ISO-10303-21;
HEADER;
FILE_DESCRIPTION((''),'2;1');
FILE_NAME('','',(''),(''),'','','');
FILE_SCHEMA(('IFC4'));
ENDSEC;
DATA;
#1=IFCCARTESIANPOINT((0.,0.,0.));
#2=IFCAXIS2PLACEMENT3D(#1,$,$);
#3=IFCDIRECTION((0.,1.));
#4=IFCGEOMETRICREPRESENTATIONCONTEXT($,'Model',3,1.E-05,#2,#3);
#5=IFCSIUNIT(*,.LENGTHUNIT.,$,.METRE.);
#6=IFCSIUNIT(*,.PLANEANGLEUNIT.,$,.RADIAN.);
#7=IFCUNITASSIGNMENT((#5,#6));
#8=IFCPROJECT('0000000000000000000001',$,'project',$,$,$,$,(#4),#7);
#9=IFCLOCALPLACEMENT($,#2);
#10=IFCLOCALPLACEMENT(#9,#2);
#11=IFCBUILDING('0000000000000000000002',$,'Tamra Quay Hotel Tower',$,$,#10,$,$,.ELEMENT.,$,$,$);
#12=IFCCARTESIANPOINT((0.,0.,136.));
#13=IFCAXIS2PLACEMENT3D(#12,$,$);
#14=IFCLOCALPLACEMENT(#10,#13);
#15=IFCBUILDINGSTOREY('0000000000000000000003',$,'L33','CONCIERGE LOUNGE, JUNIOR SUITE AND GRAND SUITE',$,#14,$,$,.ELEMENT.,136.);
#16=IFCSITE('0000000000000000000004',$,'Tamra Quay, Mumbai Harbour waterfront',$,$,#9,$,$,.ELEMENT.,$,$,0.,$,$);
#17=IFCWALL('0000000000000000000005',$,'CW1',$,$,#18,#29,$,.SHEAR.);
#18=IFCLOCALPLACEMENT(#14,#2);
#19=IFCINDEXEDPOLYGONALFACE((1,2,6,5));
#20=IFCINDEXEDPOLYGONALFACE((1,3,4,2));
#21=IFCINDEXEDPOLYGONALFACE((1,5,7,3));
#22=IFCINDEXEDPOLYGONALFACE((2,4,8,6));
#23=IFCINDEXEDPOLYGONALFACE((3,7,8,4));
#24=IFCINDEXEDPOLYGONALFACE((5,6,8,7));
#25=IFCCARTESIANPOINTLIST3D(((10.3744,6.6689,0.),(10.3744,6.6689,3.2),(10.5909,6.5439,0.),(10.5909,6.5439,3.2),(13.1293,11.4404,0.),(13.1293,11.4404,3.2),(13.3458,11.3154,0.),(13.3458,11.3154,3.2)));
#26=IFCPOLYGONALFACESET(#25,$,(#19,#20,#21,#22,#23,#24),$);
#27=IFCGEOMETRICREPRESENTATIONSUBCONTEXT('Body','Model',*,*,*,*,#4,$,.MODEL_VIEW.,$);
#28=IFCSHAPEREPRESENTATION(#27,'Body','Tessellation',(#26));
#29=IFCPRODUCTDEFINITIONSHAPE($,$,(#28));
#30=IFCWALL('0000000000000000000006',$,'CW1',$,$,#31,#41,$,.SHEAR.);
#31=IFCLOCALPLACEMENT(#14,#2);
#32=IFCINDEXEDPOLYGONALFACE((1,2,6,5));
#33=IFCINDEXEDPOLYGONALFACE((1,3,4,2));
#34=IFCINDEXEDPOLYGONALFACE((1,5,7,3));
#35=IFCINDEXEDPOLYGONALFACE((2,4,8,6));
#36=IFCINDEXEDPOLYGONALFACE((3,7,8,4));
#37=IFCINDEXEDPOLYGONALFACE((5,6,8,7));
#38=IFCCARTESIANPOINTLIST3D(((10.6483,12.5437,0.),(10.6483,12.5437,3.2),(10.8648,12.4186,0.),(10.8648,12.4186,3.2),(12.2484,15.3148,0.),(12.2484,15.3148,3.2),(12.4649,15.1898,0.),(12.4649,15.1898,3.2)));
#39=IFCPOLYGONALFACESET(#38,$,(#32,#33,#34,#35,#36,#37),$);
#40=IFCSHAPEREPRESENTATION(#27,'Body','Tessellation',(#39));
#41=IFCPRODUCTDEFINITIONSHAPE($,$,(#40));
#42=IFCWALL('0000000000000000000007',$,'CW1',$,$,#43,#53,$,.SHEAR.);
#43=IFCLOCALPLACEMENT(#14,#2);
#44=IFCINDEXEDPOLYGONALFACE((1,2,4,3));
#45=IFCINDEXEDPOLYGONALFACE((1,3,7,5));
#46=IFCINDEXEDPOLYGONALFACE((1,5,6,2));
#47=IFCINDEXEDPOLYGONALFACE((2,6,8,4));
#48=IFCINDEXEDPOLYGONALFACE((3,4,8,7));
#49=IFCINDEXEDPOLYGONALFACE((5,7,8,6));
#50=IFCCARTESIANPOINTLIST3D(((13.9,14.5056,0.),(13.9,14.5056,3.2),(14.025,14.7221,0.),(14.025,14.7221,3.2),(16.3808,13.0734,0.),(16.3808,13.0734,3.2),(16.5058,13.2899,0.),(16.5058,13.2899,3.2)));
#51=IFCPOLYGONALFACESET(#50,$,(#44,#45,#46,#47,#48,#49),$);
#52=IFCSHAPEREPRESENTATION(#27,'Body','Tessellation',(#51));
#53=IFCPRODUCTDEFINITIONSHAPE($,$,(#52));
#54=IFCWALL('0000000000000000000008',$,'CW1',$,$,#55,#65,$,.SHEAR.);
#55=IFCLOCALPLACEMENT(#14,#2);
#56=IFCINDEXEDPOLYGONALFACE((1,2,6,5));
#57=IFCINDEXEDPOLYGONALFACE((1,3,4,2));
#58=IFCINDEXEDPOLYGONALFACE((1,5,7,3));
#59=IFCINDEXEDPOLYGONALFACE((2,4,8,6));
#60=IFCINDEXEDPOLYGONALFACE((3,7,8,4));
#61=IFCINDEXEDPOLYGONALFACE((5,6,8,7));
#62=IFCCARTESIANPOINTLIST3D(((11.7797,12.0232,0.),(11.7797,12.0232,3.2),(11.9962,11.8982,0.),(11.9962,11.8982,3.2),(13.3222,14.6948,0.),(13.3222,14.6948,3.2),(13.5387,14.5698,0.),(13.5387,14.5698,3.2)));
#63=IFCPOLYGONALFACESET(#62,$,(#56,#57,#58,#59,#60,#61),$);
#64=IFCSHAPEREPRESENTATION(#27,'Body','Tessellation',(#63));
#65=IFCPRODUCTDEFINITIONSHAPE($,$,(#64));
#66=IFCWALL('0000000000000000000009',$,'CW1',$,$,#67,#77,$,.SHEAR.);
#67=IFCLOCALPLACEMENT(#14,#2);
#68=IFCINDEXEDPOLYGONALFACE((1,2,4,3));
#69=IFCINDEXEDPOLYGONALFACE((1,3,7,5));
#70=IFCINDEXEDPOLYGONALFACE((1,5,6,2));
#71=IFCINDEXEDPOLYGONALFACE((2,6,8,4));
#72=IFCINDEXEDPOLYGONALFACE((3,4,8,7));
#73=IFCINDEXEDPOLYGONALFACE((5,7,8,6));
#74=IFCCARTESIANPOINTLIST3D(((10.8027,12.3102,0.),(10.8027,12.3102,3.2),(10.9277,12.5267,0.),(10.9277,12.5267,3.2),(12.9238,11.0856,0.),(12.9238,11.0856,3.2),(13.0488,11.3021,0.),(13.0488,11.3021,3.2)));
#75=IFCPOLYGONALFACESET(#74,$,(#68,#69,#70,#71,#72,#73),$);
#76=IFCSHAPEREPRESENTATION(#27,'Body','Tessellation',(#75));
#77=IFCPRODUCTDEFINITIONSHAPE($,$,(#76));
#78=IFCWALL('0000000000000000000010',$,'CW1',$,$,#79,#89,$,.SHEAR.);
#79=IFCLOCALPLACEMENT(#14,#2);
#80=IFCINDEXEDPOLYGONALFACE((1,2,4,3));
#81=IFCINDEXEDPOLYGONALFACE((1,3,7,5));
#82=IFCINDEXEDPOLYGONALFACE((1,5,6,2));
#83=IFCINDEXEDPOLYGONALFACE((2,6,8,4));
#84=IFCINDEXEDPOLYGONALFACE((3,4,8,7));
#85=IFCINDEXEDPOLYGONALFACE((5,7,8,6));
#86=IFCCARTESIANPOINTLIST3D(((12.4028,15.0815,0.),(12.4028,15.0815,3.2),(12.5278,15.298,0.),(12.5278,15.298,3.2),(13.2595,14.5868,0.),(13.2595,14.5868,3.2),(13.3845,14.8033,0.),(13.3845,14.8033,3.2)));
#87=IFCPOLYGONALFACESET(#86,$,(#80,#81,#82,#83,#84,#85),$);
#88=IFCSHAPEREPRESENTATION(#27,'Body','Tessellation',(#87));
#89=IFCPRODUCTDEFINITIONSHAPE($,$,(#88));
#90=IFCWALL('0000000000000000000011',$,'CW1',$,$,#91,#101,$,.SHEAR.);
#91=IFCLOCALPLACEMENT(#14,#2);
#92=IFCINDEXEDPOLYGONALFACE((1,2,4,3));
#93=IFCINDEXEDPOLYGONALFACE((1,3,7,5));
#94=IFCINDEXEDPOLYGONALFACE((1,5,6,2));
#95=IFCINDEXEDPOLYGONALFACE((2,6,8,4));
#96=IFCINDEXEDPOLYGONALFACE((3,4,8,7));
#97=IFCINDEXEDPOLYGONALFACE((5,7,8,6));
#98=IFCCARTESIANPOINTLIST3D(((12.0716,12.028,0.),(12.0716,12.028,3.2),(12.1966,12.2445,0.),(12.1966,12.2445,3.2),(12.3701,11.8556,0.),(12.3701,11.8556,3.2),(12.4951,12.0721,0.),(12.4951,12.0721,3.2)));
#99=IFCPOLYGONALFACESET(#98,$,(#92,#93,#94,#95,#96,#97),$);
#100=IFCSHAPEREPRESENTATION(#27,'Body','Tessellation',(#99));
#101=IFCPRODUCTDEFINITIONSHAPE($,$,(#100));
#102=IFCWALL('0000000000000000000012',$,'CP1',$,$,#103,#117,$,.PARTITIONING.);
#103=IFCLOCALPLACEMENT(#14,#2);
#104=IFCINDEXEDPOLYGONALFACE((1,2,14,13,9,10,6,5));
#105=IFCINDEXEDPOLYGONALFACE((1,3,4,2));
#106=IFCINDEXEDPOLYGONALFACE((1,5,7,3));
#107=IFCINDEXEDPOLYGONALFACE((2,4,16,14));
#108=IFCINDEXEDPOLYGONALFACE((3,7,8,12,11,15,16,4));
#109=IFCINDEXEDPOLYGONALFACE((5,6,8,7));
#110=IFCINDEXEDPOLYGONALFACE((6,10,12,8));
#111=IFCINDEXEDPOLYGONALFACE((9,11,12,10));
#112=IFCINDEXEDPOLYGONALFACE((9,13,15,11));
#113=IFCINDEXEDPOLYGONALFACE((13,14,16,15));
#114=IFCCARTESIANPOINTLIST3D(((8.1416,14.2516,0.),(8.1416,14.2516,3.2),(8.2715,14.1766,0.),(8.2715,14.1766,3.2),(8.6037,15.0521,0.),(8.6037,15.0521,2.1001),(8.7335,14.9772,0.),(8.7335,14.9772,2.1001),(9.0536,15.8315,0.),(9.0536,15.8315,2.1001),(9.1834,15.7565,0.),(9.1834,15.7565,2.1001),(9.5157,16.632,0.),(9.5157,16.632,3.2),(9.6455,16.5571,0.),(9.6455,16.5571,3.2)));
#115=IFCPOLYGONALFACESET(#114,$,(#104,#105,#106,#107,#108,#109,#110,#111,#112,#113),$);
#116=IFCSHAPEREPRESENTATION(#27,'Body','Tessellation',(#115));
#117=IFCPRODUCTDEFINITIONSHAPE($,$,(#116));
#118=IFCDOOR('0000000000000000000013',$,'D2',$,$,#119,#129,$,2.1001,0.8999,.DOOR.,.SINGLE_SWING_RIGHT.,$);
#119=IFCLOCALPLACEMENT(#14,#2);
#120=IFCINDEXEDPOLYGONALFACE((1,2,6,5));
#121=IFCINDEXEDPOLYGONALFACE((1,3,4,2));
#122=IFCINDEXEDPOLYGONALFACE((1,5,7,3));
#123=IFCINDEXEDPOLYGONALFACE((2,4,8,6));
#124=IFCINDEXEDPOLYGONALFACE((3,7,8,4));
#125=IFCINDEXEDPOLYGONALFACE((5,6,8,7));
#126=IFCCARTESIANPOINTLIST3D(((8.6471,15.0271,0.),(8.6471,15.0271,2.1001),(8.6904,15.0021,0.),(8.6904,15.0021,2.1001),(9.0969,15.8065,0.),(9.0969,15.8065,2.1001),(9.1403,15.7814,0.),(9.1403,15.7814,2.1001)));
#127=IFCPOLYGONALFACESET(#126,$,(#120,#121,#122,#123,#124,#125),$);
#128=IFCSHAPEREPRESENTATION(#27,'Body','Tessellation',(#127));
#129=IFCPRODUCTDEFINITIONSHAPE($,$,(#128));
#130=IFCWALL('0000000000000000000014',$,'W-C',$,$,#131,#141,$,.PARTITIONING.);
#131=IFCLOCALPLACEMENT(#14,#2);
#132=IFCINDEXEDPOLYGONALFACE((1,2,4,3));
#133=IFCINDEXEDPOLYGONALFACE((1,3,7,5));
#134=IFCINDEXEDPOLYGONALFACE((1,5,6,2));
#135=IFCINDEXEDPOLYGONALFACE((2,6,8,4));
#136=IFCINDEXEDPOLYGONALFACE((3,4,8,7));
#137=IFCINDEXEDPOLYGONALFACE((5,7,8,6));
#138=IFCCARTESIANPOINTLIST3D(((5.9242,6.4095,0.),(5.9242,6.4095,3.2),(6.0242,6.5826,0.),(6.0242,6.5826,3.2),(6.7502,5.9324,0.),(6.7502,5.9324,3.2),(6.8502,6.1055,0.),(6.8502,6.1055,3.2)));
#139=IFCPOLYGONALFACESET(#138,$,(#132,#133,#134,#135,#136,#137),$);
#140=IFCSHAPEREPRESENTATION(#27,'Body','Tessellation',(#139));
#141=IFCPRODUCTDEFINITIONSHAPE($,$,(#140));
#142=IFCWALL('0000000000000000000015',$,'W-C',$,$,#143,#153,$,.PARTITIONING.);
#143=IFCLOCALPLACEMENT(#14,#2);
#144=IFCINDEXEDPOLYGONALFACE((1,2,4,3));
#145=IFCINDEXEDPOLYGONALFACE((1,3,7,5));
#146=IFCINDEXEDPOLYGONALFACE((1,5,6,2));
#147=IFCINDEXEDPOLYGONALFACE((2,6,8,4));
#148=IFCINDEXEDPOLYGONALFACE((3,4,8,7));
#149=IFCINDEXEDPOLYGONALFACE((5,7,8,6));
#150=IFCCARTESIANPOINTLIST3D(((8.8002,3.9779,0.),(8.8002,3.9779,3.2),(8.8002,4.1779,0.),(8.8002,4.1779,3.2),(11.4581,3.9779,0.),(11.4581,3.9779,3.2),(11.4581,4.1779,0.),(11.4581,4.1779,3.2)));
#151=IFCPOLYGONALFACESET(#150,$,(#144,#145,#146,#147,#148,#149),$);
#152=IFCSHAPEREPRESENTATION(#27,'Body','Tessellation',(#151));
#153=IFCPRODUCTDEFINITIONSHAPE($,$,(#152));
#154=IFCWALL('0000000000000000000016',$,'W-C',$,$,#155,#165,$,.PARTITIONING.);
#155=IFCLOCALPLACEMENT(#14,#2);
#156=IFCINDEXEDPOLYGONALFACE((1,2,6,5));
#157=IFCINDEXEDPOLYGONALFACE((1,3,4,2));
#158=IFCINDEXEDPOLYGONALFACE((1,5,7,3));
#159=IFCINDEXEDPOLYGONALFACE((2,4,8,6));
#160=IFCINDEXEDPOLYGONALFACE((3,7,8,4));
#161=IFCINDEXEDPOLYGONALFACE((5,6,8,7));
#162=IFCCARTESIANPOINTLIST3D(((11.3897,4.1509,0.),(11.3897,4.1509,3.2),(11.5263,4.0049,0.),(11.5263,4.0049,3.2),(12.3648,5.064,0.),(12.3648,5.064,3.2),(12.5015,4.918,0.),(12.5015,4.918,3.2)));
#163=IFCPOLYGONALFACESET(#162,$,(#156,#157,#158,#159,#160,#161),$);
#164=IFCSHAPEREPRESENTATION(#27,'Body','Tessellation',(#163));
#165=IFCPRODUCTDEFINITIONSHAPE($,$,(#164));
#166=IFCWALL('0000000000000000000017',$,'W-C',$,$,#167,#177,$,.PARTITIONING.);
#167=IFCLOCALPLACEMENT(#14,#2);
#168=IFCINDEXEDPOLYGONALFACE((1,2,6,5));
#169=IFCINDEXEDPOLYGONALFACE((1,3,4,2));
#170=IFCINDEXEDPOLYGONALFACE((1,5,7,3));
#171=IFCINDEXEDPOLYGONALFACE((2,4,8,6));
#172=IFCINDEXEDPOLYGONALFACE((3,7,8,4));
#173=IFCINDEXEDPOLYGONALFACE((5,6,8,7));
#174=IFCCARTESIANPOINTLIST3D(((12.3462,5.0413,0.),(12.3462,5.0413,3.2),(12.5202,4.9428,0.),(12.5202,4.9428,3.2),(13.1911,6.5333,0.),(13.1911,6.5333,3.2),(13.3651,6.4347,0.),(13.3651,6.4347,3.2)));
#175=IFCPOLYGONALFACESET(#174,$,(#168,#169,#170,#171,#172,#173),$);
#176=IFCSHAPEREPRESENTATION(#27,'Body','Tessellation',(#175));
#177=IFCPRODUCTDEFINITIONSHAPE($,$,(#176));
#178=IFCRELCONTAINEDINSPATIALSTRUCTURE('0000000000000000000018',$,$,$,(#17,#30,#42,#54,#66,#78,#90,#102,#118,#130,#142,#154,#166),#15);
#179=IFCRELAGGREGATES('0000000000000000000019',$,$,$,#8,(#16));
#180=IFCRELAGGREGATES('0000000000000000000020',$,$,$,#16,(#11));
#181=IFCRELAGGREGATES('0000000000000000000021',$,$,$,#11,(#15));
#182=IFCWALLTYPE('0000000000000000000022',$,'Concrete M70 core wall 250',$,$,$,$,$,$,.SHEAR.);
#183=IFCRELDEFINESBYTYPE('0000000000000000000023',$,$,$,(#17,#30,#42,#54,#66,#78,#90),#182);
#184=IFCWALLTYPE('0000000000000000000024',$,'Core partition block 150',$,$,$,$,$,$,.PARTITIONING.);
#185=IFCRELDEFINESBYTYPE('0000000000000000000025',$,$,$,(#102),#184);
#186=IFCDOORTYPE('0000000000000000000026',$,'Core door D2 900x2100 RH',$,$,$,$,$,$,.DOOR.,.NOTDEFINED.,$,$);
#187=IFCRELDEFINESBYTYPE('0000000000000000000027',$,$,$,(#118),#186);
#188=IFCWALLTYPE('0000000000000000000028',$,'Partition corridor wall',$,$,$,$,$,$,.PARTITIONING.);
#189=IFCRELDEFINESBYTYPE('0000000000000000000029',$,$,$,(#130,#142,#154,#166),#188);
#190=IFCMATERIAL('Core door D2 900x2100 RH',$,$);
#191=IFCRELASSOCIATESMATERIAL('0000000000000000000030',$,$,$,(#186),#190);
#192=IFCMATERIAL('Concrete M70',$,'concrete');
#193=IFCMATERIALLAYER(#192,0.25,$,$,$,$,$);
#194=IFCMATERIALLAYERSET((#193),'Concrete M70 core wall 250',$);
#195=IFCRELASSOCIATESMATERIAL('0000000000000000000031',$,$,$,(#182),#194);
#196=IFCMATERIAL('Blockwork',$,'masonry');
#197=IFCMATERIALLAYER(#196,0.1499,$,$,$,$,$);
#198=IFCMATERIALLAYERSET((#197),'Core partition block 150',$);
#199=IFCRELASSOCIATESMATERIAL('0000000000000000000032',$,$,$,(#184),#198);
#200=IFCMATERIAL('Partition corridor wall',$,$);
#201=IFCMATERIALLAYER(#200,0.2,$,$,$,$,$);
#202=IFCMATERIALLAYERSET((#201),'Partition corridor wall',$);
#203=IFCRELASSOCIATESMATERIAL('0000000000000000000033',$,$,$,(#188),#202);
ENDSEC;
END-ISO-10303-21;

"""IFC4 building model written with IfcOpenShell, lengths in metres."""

from ifc_helpers import new_model, si_unit, direction, frame, frame_2d, origin, place, context, subcontext, project, spatial, rectangle, extrude, material, layer, layer_set, type_object, element, fill, save


model = new_model("IFC4")

# Units and contexts
model_context = context("Model", 3, precision=1e-05, world=origin(), true_north=direction((0.0, 1.0)))
body_context = subcontext(model_context, "Body", "Model", "MODEL_VIEW")
ifc_project = project(units=[si_unit("LENGTHUNIT", "METRE"), si_unit("PLANEANGLEUNIT", "RADIAN")], contexts=[model_context])

# Site, building, storey
site_placement = place(None, origin())
site = spatial("IfcSite", under=ifc_project, at=site_placement, Name="Tamra Quay, Mumbai Harbour waterfront", CompositionType="ELEMENT", RefElevation=0.0)
building_placement = place(site_placement, origin())
building = spatial("IfcBuilding", under=site, at=building_placement, Name="Tamra Quay Hotel Tower", CompositionType="ELEMENT")
storey_placement = place(building_placement, frame((0.0, 0.0, 136.0)))
storey = spatial("IfcBuildingStorey", under=building, at=storey_placement, Name="L33", Description="CONCIERGE LOUNGE, JUNIOR SUITE AND GRAND SUITE", CompositionType="ELEMENT", Elevation=136.0)

# Shared definitions
ifc_material_1 = material(Name="Concrete M70", Category="concrete")
ifc_material_2 = material(Name="Core door D2 900x2100 RH")
door_type_1 = type_object("IfcDoorType", Name="Core door D2 900x2100 RH", OperationType="NOTDEFINED", PredefinedType="DOOR", material=ifc_material_2)

# Shared definitions
ifc_layer_1 = layer(ifc_material_1, 0.25)
ifc_layer_set_1 = layer_set([ifc_layer_1], Name="Concrete M70 core wall 250")
wall_type_1 = type_object("IfcWallType", Name="Concrete M70 core wall 250", PredefinedType="SHEAR", material=ifc_layer_set_1)

# Walls
wall_1_placement = place(storey_placement, frame((13.2375, 11.3779, 0.0), z_axis=(0.0, 0.0, 1.0), x_axis=(-0.500009, -0.86602, 0.0)))
element("IfcWall", 1, at=wall_1_placement, inside=storey, type_object=wall_type_1, Name="CW1", PredefinedType="SHEAR", context=body_context, shape_type="SweptSolid", body=[
    extrude(rectangle(XDim=5.5098, YDim=0.25, at=frame_2d((2.7549, 0.0))), origin(), (0.0, 0.0, 1.0), 3.2),
])
wall_2_placement = place(storey_placement, frame((12.3567, 15.2524, 0.0), z_axis=(0.0, 0.0, 1.0), x_axis=(-0.500028, -0.866009, 0.0)))
element("IfcWall", 2, at=wall_2_placement, inside=storey, type_object=wall_type_1, Name="CW1", PredefinedType="SHEAR", context=body_context, shape_type="SweptSolid", body=[
    extrude(rectangle(XDim=3.2, YDim=0.25, at=frame_2d((1.6001, 0.0))), origin(), (0.0, 0.0, 1.0), 3.2),
])
wall_3_placement = place(storey_placement, frame((13.9626, 14.6138, 0.0), z_axis=(0.0, 0.0, 1.0), x_axis=(0.866042, -0.499971, 0.0)))
element("IfcWall", 3, at=wall_3_placement, inside=storey, type_object=wall_type_1, Name="CW1", PredefinedType="SHEAR", context=body_context, shape_type="SweptSolid", body=[
    extrude(rectangle(XDim=2.8645, YDim=0.25, at=frame_2d((1.4321, 0.0))), origin(), (0.0, 0.0, 1.0), 3.2),
])
wall_4_placement = place(storey_placement, frame((11.8879, 11.9607, 0.0), z_axis=(0.0, 0.0, 1.0), x_axis=(0.500003, 0.866023, 0.0)))
element("IfcWall", 4, at=wall_4_placement, inside=storey, type_object=wall_type_1, Name="CW1", PredefinedType="SHEAR", context=body_context, shape_type="SweptSolid", body=[
    extrude(rectangle(XDim=3.085, YDim=0.25, at=frame_2d((1.5425, 0.0))), origin(), (0.0, 0.0, 1.0), 3.2),
])
wall_5_placement = place(storey_placement, frame((10.8652, 12.4185, 0.0), z_axis=(0.0, 0.0, 1.0), x_axis=(0.866026, -0.499999, 0.0)))
element("IfcWall", 5, at=wall_5_placement, inside=storey, type_object=wall_type_1, Name="CW1", PredefinedType="SHEAR", context=body_context, shape_type="SweptSolid", body=[
    extrude(rectangle(XDim=2.4492, YDim=0.25, at=frame_2d((1.2246, 0.0))), origin(), (0.0, 0.0, 1.0), 3.2),
])
wall_6_placement = place(storey_placement, frame((13.322, 14.6951, 0.0), z_axis=(0.0, 0.0, 1.0), x_axis=(-0.866017, 0.500014, 0.0)))
element("IfcWall", 6, at=wall_6_placement, inside=storey, type_object=wall_type_1, Name="CW1", PredefinedType="SHEAR", context=body_context, shape_type="SweptSolid", body=[
    extrude(rectangle(XDim=0.9893, YDim=0.25, at=frame_2d((0.4946, 0.0))), origin(), (0.0, 0.0, 1.0), 3.2),
])
wall_7_placement = place(storey_placement, frame((12.4326, 11.9639, 0.0), z_axis=(0.0, 0.0, 1.0), x_axis=(-0.866056, 0.499947, 0.0)))
element("IfcWall", 7, at=wall_7_placement, inside=storey, type_object=wall_type_1, Name="CW1", PredefinedType="SHEAR", context=body_context, shape_type="SweptSolid", body=[
    extrude(rectangle(XDim=0.3447, YDim=0.25, at=frame_2d((0.1724, 0.0))), origin(), (0.0, 0.0, 1.0), 3.2),
])

# Wall, opening, door
ifc_material_3 = material(Name="Blockwork", Category="masonry")
ifc_layer_2 = layer(ifc_material_3, 0.1499)
ifc_layer_set_2 = layer_set([ifc_layer_2], Name="Core partition block 150")
wall_type_2 = type_object("IfcWallType", Name="Core partition block 150", PredefinedType="PARTITIONING", material=ifc_layer_set_2)
wall_8_placement = place(storey_placement, frame((8.2065, 14.2141, 0.0), z_axis=(0.0, 0.0, 1.0), x_axis=(0.499922, 0.86607, 0.0)))
wall_8 = element("IfcWall", 8, at=wall_8_placement, inside=storey, type_object=wall_type_2, Name="CP1", PredefinedType="PARTITIONING", context=body_context, shape_type="SweptSolid", body=[
    extrude(rectangle(XDim=2.7485, YDim=0.1499, at=frame_2d((1.3743, 0.0))), origin(), (0.0, 0.0, 1.0), 3.2),
])
opening_1_placement = place(wall_8_placement, frame((0.9243, 0.0, 0.0)))
opening_1 = element("IfcOpeningElement", 9, at=opening_1_placement, cuts=wall_8, PredefinedType="OPENING", context=body_context, shape_type="SweptSolid", body=[
    extrude(rectangle(XDim=0.8999, YDim=2.1001, at=frame_2d((0.45, 1.05))), frame((0.0, 0.085, 0.0), z_axis=(0.0, -1.0, 0.0), x_axis=(1.0, 0.0, 0.0)), (0.0, 0.0, 1.0), 0.1699),
])
door_1_placement = place(opening_1_placement, origin())
door_1 = element("IfcDoor", 10, at=door_1_placement, inside=storey, type_object=door_type_1, Name="D2", OperationType="SINGLE_SWING_RIGHT", OverallHeight=2.1001, OverallWidth=0.8999, PredefinedType="DOOR", context=body_context, shape_type="SweptSolid", body=[
    extrude(rectangle(XDim=0.8999, YDim=2.1001, at=frame_2d((0.45, 1.05))), frame((0.0, 0.0249, 0.0), z_axis=(0.0, -1.0, 0.0), x_axis=(1.0, 0.0, 0.0)), (0.0, 0.0, 1.0), 0.05),
])
fill(opening_1, door_1)

# Walls
ifc_material_4 = material(Name="Partition corridor wall")
ifc_layer_3 = layer(ifc_material_4, 0.2)
ifc_layer_set_3 = layer_set([ifc_layer_3], Name="Partition corridor wall")
wall_type_3 = type_object("IfcWallType", Name="Partition corridor wall", PredefinedType="PARTITIONING", material=ifc_layer_set_3)
wall_9_placement = place(storey_placement, frame((5.9741, 6.4961, 0.0), z_axis=(0.0, 0.0, 1.0), x_axis=(0.865934, -0.500158, 0.0)))
element("IfcWall", 11, at=wall_9_placement, inside=storey, type_object=wall_type_3, Name="W-C", PredefinedType="PARTITIONING", context=body_context, shape_type="SweptSolid", body=[
    extrude(rectangle(XDim=0.9539, YDim=0.2, at=frame_2d((0.4771, 0.0))), origin(), (0.0, 0.0, 1.0), 3.2),
])
wall_10_placement = place(storey_placement, frame((8.8, 4.0779, 0.0), z_axis=(0.0, 0.0, 1.0), x_axis=(1.0, 0.0, 0.0)))
element("IfcWall", 12, at=wall_10_placement, inside=storey, type_object=wall_type_3, Name="W-C", PredefinedType="PARTITIONING", context=body_context, shape_type="SweptSolid", body=[
    extrude(rectangle(XDim=2.658, YDim=0.2, at=frame_2d((1.3291, 0.0))), origin(), (0.0, 0.0, 1.0), 3.2),
])
wall_11_placement = place(storey_placement, frame((11.458, 4.0779, 0.0), z_axis=(0.0, 0.0, 1.0), x_axis=(0.729936, 0.683515, 0.0)))
element("IfcWall", 13, at=wall_11_placement, inside=storey, type_object=wall_type_3, Name="W-C", PredefinedType="PARTITIONING", context=body_context, shape_type="SweptSolid", body=[
    extrude(rectangle(XDim=1.3359, YDim=0.2, at=frame_2d((0.668, 0.0))), origin(), (0.0, 0.0, 1.0), 3.2),
])
wall_12_placement = place(storey_placement, frame((12.4331, 4.9919, 0.0), z_axis=(0.0, 0.0, 1.0), x_axis=(0.492808, 0.870138, 0.0)))
element("IfcWall", 14, at=wall_12_placement, inside=storey, type_object=wall_type_3, Name="W-C", PredefinedType="PARTITIONING", context=body_context, shape_type="SweptSolid", body=[
    extrude(rectangle(XDim=1.7146, YDim=0.2, at=frame_2d((0.8574, 0.0))), origin(), (0.0, 0.0, 1.0), 3.2),
])

save(model, "model.ifc")
